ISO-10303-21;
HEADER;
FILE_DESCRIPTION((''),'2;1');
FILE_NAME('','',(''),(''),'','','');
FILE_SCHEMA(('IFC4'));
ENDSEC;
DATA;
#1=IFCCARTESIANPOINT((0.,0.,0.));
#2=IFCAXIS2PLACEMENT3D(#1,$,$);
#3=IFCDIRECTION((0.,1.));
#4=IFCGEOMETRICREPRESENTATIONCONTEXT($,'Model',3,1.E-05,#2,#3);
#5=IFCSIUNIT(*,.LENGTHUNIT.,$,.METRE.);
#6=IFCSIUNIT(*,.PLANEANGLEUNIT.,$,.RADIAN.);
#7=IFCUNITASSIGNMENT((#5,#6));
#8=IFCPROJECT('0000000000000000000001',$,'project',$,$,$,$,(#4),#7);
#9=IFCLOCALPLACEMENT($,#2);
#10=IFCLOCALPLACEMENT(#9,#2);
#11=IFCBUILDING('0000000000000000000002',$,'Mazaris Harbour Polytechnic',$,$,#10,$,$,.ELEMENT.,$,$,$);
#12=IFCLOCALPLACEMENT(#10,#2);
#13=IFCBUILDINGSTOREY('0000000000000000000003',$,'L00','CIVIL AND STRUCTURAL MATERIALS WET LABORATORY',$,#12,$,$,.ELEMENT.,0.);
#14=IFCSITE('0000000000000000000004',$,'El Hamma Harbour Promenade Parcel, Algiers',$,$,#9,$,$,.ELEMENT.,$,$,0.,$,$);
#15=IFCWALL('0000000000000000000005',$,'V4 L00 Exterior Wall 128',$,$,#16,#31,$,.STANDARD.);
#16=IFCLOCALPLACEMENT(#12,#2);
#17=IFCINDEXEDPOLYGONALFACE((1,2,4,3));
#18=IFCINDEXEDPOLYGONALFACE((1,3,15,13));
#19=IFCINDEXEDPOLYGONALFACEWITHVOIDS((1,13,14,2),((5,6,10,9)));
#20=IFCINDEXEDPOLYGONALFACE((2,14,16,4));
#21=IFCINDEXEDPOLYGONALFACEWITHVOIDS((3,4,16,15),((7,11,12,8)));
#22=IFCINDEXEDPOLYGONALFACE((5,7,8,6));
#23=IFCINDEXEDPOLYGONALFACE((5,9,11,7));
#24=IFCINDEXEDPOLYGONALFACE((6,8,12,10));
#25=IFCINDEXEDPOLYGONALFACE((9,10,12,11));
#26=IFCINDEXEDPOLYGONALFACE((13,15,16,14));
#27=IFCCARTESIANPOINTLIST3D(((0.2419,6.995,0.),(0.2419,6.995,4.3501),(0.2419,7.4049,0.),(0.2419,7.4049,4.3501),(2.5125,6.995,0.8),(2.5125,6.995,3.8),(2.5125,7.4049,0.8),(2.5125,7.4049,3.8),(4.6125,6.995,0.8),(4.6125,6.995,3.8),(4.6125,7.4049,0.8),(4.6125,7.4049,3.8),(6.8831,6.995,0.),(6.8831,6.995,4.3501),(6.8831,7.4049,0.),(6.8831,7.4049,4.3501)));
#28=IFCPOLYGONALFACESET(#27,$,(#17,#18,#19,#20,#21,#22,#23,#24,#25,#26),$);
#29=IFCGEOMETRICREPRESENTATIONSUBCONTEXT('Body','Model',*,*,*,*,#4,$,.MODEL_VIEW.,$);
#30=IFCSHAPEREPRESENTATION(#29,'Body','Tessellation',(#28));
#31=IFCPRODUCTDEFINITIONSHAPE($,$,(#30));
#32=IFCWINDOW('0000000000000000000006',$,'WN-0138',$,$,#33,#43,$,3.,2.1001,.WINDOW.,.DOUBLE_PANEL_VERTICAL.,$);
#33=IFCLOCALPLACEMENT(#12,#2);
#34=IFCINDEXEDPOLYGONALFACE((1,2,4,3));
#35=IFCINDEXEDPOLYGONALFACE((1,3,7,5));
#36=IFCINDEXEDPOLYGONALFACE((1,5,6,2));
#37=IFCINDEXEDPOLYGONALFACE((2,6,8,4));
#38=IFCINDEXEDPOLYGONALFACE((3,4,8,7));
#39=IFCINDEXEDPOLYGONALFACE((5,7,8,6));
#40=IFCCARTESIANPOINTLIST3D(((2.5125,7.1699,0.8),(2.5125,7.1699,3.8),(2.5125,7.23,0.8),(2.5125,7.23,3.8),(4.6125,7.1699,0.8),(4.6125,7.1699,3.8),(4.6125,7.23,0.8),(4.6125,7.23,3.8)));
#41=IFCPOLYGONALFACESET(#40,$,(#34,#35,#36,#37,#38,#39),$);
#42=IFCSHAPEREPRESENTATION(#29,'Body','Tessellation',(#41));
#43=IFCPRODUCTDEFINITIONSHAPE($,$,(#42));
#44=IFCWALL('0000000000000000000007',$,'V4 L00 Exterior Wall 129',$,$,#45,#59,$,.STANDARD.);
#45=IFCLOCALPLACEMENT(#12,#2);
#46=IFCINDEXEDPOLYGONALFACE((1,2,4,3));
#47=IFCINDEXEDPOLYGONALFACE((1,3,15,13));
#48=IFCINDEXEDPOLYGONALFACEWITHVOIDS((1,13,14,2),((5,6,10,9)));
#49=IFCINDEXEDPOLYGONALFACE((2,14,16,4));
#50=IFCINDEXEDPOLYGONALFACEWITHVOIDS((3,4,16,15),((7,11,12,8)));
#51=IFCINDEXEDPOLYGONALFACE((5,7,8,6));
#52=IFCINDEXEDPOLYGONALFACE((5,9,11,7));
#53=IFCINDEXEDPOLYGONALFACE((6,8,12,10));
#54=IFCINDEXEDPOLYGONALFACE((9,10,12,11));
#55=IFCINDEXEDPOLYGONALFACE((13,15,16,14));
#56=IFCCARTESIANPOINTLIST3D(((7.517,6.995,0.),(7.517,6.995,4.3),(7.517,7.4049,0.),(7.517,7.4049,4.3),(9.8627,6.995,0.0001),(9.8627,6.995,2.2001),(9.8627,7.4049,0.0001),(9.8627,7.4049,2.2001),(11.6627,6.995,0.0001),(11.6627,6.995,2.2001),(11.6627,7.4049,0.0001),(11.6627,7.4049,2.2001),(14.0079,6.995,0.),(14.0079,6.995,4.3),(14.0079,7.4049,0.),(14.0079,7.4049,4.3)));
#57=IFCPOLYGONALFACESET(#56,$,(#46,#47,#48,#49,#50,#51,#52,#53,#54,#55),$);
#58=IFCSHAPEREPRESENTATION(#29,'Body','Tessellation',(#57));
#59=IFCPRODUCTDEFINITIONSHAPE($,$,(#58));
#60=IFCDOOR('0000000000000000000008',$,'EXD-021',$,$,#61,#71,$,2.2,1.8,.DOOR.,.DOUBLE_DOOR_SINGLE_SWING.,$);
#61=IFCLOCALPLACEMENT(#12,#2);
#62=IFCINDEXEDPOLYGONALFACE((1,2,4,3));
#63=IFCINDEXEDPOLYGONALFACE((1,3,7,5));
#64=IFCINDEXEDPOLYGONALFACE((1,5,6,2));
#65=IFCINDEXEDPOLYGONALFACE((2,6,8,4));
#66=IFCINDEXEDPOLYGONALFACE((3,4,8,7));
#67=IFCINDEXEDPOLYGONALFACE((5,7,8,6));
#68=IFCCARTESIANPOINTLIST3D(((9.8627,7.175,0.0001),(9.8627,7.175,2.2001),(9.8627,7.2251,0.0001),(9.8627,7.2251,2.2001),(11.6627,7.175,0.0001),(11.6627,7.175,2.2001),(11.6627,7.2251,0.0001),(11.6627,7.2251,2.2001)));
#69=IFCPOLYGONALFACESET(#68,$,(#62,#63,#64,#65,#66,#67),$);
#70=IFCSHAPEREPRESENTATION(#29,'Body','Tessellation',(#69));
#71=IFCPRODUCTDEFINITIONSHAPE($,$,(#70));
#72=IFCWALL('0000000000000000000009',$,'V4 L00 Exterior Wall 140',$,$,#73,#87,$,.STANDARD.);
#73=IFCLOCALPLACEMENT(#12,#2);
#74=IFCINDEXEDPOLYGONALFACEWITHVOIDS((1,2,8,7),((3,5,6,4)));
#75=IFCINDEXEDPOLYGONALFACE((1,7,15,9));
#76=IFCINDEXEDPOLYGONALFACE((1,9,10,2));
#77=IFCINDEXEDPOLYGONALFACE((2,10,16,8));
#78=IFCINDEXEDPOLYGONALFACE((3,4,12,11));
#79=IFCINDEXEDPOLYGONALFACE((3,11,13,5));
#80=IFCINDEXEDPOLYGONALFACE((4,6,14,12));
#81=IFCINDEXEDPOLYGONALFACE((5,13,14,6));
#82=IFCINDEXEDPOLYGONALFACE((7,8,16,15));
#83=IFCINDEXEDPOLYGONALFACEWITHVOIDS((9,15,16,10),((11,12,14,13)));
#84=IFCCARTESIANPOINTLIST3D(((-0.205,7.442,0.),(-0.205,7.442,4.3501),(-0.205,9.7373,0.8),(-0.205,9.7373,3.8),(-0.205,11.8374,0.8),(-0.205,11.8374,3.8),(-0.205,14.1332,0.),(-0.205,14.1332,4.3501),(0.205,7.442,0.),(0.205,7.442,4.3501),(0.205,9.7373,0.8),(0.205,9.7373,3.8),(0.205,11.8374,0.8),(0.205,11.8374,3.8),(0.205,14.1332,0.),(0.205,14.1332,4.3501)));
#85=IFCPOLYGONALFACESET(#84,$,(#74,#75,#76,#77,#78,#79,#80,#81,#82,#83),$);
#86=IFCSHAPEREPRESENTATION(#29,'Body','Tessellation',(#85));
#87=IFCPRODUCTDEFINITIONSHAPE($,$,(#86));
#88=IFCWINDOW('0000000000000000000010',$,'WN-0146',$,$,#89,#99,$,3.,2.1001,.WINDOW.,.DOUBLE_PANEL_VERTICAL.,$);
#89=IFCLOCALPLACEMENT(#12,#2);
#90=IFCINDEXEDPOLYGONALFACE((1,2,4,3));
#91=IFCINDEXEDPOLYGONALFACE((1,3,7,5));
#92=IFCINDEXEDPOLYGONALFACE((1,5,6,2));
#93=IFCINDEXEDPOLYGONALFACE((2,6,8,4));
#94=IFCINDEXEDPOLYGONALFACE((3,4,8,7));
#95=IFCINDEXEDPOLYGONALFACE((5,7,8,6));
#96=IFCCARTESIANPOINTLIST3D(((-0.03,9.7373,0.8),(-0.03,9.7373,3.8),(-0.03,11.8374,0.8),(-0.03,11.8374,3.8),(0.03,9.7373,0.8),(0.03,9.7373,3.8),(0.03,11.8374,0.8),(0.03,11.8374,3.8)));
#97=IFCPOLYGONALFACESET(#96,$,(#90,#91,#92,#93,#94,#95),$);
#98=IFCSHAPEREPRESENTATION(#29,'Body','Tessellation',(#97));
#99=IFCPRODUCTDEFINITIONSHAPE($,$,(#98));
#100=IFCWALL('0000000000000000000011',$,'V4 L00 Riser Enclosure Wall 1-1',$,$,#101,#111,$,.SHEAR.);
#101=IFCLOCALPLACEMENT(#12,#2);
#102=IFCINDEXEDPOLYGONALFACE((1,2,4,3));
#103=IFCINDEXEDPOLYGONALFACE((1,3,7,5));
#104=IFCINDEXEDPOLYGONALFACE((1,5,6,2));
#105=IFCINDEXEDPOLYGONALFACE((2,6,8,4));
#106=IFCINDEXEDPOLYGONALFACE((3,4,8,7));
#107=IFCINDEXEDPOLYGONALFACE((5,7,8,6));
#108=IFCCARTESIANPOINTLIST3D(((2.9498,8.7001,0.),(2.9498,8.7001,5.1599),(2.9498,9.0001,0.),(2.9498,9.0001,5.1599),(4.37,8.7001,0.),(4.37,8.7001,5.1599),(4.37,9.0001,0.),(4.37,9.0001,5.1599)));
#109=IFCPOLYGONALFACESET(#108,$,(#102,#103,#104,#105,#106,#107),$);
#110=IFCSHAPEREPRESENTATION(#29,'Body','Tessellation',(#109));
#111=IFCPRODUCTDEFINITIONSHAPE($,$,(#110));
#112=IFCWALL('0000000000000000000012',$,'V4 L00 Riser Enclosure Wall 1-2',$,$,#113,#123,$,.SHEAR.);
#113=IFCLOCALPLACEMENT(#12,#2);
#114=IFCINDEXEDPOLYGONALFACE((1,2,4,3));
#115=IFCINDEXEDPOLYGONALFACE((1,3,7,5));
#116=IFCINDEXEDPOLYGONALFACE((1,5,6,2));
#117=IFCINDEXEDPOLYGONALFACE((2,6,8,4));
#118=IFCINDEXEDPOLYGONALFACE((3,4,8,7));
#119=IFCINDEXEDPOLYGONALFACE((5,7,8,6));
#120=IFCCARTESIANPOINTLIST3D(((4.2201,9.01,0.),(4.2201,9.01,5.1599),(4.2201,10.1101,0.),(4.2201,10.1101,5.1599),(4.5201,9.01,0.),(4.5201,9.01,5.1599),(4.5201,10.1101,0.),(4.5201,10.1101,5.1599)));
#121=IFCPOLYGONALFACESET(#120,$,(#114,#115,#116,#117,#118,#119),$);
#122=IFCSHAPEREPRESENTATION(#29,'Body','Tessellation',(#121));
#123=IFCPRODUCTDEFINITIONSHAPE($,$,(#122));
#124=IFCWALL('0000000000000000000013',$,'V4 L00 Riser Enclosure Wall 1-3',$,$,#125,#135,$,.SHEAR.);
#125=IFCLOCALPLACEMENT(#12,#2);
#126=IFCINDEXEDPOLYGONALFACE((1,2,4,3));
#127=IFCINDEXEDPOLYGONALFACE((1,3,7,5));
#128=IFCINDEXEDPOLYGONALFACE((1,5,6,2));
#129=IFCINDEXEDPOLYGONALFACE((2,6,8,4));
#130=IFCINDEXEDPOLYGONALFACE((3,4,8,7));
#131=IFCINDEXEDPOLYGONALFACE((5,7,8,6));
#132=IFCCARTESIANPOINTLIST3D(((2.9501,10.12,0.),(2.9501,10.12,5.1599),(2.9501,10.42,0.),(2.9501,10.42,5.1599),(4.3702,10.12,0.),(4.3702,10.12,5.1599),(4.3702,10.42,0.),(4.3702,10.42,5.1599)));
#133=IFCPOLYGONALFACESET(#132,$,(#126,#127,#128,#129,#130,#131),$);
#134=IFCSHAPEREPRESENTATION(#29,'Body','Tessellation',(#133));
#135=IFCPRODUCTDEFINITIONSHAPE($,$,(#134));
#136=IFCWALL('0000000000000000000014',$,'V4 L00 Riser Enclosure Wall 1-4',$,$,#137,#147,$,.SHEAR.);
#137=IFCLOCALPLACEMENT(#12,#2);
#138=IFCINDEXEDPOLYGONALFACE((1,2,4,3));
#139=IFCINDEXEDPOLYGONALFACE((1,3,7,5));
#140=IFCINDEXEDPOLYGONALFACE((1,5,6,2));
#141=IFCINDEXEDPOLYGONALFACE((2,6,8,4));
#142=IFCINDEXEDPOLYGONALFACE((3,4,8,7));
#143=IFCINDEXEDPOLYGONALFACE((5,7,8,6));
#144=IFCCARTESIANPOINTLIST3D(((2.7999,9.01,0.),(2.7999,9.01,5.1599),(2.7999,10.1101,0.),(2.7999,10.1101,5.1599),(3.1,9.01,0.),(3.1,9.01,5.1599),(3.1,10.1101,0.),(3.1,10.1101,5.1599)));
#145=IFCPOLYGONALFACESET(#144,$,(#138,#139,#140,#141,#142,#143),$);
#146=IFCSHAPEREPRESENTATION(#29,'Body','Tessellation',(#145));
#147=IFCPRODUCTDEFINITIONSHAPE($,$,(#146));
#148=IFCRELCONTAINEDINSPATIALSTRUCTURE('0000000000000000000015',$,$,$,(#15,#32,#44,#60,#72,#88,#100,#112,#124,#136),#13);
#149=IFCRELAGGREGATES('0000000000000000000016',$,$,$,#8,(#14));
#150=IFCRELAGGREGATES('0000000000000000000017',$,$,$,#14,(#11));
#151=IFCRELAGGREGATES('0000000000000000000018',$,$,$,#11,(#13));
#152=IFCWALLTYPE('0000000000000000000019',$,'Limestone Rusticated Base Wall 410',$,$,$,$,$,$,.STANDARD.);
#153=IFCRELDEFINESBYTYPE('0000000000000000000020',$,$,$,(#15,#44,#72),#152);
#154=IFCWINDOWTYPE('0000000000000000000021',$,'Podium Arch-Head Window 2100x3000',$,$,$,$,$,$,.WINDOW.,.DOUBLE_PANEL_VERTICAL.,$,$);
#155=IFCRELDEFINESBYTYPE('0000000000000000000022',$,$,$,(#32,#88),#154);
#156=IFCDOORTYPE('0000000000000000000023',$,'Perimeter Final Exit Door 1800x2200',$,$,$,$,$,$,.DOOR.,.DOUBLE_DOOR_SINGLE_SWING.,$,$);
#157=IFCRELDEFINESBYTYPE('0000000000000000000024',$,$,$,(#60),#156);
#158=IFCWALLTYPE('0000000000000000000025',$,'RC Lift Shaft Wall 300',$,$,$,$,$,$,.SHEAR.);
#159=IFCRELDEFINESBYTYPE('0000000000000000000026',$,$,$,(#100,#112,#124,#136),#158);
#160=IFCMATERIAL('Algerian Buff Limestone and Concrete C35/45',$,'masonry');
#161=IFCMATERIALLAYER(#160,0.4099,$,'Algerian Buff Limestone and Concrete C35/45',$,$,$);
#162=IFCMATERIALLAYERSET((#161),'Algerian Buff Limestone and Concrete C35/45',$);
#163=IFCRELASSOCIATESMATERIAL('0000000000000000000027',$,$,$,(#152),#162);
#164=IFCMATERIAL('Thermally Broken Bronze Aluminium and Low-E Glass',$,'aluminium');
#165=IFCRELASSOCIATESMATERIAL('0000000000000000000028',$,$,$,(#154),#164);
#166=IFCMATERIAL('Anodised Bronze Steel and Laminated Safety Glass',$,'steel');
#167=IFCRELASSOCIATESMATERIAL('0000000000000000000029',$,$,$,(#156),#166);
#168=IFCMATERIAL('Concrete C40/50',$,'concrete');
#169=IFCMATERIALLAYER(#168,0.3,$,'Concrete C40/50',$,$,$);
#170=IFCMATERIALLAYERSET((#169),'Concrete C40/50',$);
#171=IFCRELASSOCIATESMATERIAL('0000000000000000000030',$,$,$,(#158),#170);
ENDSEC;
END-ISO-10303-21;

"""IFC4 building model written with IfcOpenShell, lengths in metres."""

from ifc_helpers import new_model, si_unit, direction, frame, frame_2d, origin, place, context, subcontext, project, spatial, rectangle, extrude, material, layer, layer_set, type_object, element, fill, save


model = new_model("IFC4")

# Units and contexts
model_context = context("Model", 3, precision=1e-05, world=origin(), true_north=direction((0.0, 1.0)))
body_context = subcontext(model_context, "Body", "Model", "MODEL_VIEW")
ifc_project = project(units=[si_unit("LENGTHUNIT", "METRE"), si_unit("PLANEANGLEUNIT", "RADIAN")], contexts=[model_context])

# Site, building, storey
site_placement = place(None, origin())
site = spatial("IfcSite", under=ifc_project, at=site_placement, Name="El Hamma Harbour Promenade Parcel, Algiers", CompositionType="ELEMENT", RefElevation=0.0)
building_placement = place(site_placement, origin())
building = spatial("IfcBuilding", under=site, at=building_placement, Name="Mazaris Harbour Polytechnic", CompositionType="ELEMENT")
storey_placement = place(building_placement, origin())
storey = spatial("IfcBuildingStorey", under=building, at=storey_placement, Name="L00", Description="CIVIL AND STRUCTURAL MATERIALS WET LABORATORY", CompositionType="ELEMENT", Elevation=0.0)

# Wall, opening, window
ifc_material_1 = material(Name="Algerian Buff Limestone and Concrete C35/45", Category="masonry")
ifc_layer_1 = layer(ifc_material_1, 0.4099, Name="Algerian Buff Limestone and Concrete C35/45")
ifc_layer_set_1 = layer_set([ifc_layer_1], Name="Algerian Buff Limestone and Concrete C35/45")
wall_type_1 = type_object("IfcWallType", Name="Limestone Rusticated Base Wall 410", PredefinedType="STANDARD", material=ifc_layer_set_1)
wall_1_placement = place(storey_placement, frame((6.8831, 7.2, 0.0), z_axis=(0.0, 0.0, 1.0), x_axis=(-1.0, 0.0, 0.0)))
wall_1 = element("IfcWall", 1, at=wall_1_placement, inside=storey, type_object=wall_type_1, Name="V4 L00 Exterior Wall 128", PredefinedType="STANDARD", context=body_context, shape_type="SweptSolid", body=[
    extrude(rectangle(XDim=6.6411, YDim=0.4099, at=frame_2d((3.3206, 0.0))), origin(), (0.0, 0.0, 1.0), 4.3501),
])
opening_1_placement = place(wall_1_placement, frame((2.2705, 0.0, 0.8)))
opening_1 = element("IfcOpeningElement", 2, at=opening_1_placement, cuts=wall_1, PredefinedType="OPENING", context=body_context, shape_type="SweptSolid", body=[
    extrude(rectangle(XDim=2.1001, YDim=3.0, at=frame_2d((1.05, 1.5))), frame((0.0, 0.2148, 0.0), z_axis=(0.0, -1.0, 0.0), x_axis=(1.0, 0.0, 0.0)), (0.0, 0.0, 1.0), 0.4299),
])
ifc_material_2 = material(Name="Thermally Broken Bronze Aluminium and Low-E Glass", Category="aluminium")
window_type = type_object("IfcWindowType", Name="Podium Arch-Head Window 2100x3000", PartitioningType="DOUBLE_PANEL_VERTICAL", PredefinedType="WINDOW", material=ifc_material_2)
window_1_placement = place(opening_1_placement, origin())
window_1 = element("IfcWindow", 3, at=window_1_placement, inside=storey, type_object=window_type, Name="WN-0138", OverallHeight=3.0, OverallWidth=2.1001, PartitioningType="DOUBLE_PANEL_VERTICAL", PredefinedType="WINDOW", context=body_context, shape_type="SweptSolid", body=[
    extrude(rectangle(XDim=2.1001, YDim=3.0, at=frame_2d((1.05, 1.5))), frame((0.0, 0.03, 0.0), z_axis=(0.0, -1.0, 0.0), x_axis=(1.0, 0.0, 0.0)), (0.0, 0.0, 1.0), 0.0601),
])
fill(opening_1, window_1)

# Wall, opening, door
wall_2_placement = place(storey_placement, frame((14.0081, 7.2, 0.0), z_axis=(0.0, 0.0, 1.0), x_axis=(-1.0, 0.0, 0.0)))
wall_2 = element("IfcWall", 4, at=wall_2_placement, inside=storey, type_object=wall_type_1, Name="V4 L00 Exterior Wall 129", PredefinedType="STANDARD", context=body_context, shape_type="SweptSolid", body=[
    extrude(rectangle(XDim=6.491, YDim=0.4099, at=frame_2d((3.2456, 0.0))), origin(), (0.0, 0.0, 1.0), 4.3),
])
opening_2_placement = place(wall_2_placement, frame((2.3455, 0.0, 0.0)))
opening_2 = element("IfcOpeningElement", 5, at=opening_2_placement, cuts=wall_2, PredefinedType="OPENING", context=body_context, shape_type="SweptSolid", body=[
    extrude(rectangle(XDim=1.8, YDim=2.2, at=frame_2d((0.8999, 1.1001))), frame((0.0, 0.2148, 0.0), z_axis=(0.0, -1.0, 0.0), x_axis=(1.0, 0.0, 0.0)), (0.0, 0.0, 1.0), 0.4299),
])
ifc_material_3 = material(Name="Anodised Bronze Steel and Laminated Safety Glass", Category="steel")
door_type_1 = type_object("IfcDoorType", Name="Perimeter Final Exit Door 1800x2200", OperationType="DOUBLE_DOOR_SINGLE_SWING", PredefinedType="DOOR", material=ifc_material_3)
door_1_placement = place(opening_2_placement, origin())
door_1 = element("IfcDoor", 6, at=door_1_placement, inside=storey, type_object=door_type_1, Name="EXD-021", OperationType="DOUBLE_DOOR_SINGLE_SWING", OverallHeight=2.2, OverallWidth=1.8, PredefinedType="DOOR", context=body_context, shape_type="SweptSolid", body=[
    extrude(rectangle(XDim=1.8, YDim=2.2, at=frame_2d((0.8999, 1.1001))), frame((0.0, 0.0249, 0.0), z_axis=(0.0, -1.0, 0.0), x_axis=(1.0, 0.0, 0.0)), (0.0, 0.0, 1.0), 0.05),
])
fill(opening_2, door_1)

# Wall, opening, window
wall_3_placement = place(storey_placement, frame((0.0, 7.4419, 0.0), z_axis=(0.0, 0.0, 1.0), x_axis=(0.0, 1.0, 0.0)))
wall_3 = element("IfcWall", 7, at=wall_3_placement, inside=storey, type_object=wall_type_1, Name="V4 L00 Exterior Wall 140", PredefinedType="STANDARD", context=body_context, shape_type="SweptSolid", body=[
    extrude(rectangle(XDim=6.6912, YDim=0.4099, at=frame_2d((3.3457, 0.0))), origin(), (0.0, 0.0, 1.0), 4.3501),
])
opening_3_placement = place(wall_3_placement, frame((2.2954, 0.0, 0.8)))
opening_3 = element("IfcOpeningElement", 8, at=opening_3_placement, cuts=wall_3, PredefinedType="OPENING", context=body_context, shape_type="SweptSolid", body=[
    extrude(rectangle(XDim=2.1001, YDim=3.0, at=frame_2d((1.05, 1.5))), frame((0.0, 0.2148, 0.0), z_axis=(0.0, -1.0, 0.0), x_axis=(1.0, 0.0, 0.0)), (0.0, 0.0, 1.0), 0.4299),
])
window_2_placement = place(opening_3_placement, origin())
window_2 = element("IfcWindow", 9, at=window_2_placement, inside=storey, type_object=window_type, Name="WN-0146", OverallHeight=3.0, OverallWidth=2.1001, PartitioningType="DOUBLE_PANEL_VERTICAL", PredefinedType="WINDOW", context=body_context, shape_type="SweptSolid", body=[
    extrude(rectangle(XDim=2.1001, YDim=3.0, at=frame_2d((1.05, 1.5))), frame((0.0, 0.03, 0.0), z_axis=(0.0, -1.0, 0.0), x_axis=(1.0, 0.0, 0.0)), (0.0, 0.0, 1.0), 0.0601),
])
fill(opening_3, window_2)

# Walls
ifc_material_4 = material(Name="Concrete C40/50", Category="concrete")
ifc_layer_2 = layer(ifc_material_4, 0.3, Name="Concrete C40/50")
ifc_layer_set_2 = layer_set([ifc_layer_2], Name="Concrete C40/50")
wall_type_2 = type_object("IfcWallType", Name="RC Lift Shaft Wall 300", PredefinedType="SHEAR", material=ifc_layer_set_2)
wall_4_placement = place(storey_placement, frame((2.95, 8.8501, 0.0), z_axis=(0.0, 0.0, 1.0), x_axis=(1.0, 0.0, 0.0)))
element("IfcWall", 10, at=wall_4_placement, inside=storey, type_object=wall_type_2, Name="V4 L00 Riser Enclosure Wall 1-1", PredefinedType="SHEAR", context=body_context, shape_type="SweptSolid", body=[
    extrude(rectangle(XDim=1.4202, YDim=0.3, at=frame_2d((0.71, 0.0))), origin(), (0.0, 0.0, 1.0), 5.1599),
])
wall_5_placement = place(storey_placement, frame((4.3701, 9.01, 0.0), z_axis=(0.0, 0.0, 1.0), x_axis=(0.0, 1.0, 0.0)))
element("IfcWall", 11, at=wall_5_placement, inside=storey, type_object=wall_type_2, Name="V4 L00 Riser Enclosure Wall 1-2", PredefinedType="SHEAR", context=body_context, shape_type="SweptSolid", body=[
    extrude(rectangle(XDim=1.1001, YDim=0.3, at=frame_2d((0.55, 0.0))), origin(), (0.0, 0.0, 1.0), 5.1599),
])
wall_6_placement = place(storey_placement, frame((4.3701, 10.27, 0.0), z_axis=(0.0, 0.0, 1.0), x_axis=(-1.0, 0.0, 0.0)))
element("IfcWall", 12, at=wall_6_placement, inside=storey, type_object=wall_type_2, Name="V4 L00 Riser Enclosure Wall 1-3", PredefinedType="SHEAR", context=body_context, shape_type="SweptSolid", body=[
    extrude(rectangle(XDim=1.4202, YDim=0.3, at=frame_2d((0.71, 0.0))), origin(), (0.0, 0.0, 1.0), 5.1599),
])
wall_7_placement = place(storey_placement, frame((2.95, 10.1101, 0.0), z_axis=(0.0, 0.0, 1.0), x_axis=(0.0, -1.0, 0.0)))
element("IfcWall", 13, at=wall_7_placement, inside=storey, type_object=wall_type_2, Name="V4 L00 Riser Enclosure Wall 1-4", PredefinedType="SHEAR", context=body_context, shape_type="SweptSolid", body=[
    extrude(rectangle(XDim=1.1001, YDim=0.3, at=frame_2d((0.55, 0.0))), origin(), (0.0, 0.0, 1.0), 5.1599),
])

save(model, "model.ifc")
